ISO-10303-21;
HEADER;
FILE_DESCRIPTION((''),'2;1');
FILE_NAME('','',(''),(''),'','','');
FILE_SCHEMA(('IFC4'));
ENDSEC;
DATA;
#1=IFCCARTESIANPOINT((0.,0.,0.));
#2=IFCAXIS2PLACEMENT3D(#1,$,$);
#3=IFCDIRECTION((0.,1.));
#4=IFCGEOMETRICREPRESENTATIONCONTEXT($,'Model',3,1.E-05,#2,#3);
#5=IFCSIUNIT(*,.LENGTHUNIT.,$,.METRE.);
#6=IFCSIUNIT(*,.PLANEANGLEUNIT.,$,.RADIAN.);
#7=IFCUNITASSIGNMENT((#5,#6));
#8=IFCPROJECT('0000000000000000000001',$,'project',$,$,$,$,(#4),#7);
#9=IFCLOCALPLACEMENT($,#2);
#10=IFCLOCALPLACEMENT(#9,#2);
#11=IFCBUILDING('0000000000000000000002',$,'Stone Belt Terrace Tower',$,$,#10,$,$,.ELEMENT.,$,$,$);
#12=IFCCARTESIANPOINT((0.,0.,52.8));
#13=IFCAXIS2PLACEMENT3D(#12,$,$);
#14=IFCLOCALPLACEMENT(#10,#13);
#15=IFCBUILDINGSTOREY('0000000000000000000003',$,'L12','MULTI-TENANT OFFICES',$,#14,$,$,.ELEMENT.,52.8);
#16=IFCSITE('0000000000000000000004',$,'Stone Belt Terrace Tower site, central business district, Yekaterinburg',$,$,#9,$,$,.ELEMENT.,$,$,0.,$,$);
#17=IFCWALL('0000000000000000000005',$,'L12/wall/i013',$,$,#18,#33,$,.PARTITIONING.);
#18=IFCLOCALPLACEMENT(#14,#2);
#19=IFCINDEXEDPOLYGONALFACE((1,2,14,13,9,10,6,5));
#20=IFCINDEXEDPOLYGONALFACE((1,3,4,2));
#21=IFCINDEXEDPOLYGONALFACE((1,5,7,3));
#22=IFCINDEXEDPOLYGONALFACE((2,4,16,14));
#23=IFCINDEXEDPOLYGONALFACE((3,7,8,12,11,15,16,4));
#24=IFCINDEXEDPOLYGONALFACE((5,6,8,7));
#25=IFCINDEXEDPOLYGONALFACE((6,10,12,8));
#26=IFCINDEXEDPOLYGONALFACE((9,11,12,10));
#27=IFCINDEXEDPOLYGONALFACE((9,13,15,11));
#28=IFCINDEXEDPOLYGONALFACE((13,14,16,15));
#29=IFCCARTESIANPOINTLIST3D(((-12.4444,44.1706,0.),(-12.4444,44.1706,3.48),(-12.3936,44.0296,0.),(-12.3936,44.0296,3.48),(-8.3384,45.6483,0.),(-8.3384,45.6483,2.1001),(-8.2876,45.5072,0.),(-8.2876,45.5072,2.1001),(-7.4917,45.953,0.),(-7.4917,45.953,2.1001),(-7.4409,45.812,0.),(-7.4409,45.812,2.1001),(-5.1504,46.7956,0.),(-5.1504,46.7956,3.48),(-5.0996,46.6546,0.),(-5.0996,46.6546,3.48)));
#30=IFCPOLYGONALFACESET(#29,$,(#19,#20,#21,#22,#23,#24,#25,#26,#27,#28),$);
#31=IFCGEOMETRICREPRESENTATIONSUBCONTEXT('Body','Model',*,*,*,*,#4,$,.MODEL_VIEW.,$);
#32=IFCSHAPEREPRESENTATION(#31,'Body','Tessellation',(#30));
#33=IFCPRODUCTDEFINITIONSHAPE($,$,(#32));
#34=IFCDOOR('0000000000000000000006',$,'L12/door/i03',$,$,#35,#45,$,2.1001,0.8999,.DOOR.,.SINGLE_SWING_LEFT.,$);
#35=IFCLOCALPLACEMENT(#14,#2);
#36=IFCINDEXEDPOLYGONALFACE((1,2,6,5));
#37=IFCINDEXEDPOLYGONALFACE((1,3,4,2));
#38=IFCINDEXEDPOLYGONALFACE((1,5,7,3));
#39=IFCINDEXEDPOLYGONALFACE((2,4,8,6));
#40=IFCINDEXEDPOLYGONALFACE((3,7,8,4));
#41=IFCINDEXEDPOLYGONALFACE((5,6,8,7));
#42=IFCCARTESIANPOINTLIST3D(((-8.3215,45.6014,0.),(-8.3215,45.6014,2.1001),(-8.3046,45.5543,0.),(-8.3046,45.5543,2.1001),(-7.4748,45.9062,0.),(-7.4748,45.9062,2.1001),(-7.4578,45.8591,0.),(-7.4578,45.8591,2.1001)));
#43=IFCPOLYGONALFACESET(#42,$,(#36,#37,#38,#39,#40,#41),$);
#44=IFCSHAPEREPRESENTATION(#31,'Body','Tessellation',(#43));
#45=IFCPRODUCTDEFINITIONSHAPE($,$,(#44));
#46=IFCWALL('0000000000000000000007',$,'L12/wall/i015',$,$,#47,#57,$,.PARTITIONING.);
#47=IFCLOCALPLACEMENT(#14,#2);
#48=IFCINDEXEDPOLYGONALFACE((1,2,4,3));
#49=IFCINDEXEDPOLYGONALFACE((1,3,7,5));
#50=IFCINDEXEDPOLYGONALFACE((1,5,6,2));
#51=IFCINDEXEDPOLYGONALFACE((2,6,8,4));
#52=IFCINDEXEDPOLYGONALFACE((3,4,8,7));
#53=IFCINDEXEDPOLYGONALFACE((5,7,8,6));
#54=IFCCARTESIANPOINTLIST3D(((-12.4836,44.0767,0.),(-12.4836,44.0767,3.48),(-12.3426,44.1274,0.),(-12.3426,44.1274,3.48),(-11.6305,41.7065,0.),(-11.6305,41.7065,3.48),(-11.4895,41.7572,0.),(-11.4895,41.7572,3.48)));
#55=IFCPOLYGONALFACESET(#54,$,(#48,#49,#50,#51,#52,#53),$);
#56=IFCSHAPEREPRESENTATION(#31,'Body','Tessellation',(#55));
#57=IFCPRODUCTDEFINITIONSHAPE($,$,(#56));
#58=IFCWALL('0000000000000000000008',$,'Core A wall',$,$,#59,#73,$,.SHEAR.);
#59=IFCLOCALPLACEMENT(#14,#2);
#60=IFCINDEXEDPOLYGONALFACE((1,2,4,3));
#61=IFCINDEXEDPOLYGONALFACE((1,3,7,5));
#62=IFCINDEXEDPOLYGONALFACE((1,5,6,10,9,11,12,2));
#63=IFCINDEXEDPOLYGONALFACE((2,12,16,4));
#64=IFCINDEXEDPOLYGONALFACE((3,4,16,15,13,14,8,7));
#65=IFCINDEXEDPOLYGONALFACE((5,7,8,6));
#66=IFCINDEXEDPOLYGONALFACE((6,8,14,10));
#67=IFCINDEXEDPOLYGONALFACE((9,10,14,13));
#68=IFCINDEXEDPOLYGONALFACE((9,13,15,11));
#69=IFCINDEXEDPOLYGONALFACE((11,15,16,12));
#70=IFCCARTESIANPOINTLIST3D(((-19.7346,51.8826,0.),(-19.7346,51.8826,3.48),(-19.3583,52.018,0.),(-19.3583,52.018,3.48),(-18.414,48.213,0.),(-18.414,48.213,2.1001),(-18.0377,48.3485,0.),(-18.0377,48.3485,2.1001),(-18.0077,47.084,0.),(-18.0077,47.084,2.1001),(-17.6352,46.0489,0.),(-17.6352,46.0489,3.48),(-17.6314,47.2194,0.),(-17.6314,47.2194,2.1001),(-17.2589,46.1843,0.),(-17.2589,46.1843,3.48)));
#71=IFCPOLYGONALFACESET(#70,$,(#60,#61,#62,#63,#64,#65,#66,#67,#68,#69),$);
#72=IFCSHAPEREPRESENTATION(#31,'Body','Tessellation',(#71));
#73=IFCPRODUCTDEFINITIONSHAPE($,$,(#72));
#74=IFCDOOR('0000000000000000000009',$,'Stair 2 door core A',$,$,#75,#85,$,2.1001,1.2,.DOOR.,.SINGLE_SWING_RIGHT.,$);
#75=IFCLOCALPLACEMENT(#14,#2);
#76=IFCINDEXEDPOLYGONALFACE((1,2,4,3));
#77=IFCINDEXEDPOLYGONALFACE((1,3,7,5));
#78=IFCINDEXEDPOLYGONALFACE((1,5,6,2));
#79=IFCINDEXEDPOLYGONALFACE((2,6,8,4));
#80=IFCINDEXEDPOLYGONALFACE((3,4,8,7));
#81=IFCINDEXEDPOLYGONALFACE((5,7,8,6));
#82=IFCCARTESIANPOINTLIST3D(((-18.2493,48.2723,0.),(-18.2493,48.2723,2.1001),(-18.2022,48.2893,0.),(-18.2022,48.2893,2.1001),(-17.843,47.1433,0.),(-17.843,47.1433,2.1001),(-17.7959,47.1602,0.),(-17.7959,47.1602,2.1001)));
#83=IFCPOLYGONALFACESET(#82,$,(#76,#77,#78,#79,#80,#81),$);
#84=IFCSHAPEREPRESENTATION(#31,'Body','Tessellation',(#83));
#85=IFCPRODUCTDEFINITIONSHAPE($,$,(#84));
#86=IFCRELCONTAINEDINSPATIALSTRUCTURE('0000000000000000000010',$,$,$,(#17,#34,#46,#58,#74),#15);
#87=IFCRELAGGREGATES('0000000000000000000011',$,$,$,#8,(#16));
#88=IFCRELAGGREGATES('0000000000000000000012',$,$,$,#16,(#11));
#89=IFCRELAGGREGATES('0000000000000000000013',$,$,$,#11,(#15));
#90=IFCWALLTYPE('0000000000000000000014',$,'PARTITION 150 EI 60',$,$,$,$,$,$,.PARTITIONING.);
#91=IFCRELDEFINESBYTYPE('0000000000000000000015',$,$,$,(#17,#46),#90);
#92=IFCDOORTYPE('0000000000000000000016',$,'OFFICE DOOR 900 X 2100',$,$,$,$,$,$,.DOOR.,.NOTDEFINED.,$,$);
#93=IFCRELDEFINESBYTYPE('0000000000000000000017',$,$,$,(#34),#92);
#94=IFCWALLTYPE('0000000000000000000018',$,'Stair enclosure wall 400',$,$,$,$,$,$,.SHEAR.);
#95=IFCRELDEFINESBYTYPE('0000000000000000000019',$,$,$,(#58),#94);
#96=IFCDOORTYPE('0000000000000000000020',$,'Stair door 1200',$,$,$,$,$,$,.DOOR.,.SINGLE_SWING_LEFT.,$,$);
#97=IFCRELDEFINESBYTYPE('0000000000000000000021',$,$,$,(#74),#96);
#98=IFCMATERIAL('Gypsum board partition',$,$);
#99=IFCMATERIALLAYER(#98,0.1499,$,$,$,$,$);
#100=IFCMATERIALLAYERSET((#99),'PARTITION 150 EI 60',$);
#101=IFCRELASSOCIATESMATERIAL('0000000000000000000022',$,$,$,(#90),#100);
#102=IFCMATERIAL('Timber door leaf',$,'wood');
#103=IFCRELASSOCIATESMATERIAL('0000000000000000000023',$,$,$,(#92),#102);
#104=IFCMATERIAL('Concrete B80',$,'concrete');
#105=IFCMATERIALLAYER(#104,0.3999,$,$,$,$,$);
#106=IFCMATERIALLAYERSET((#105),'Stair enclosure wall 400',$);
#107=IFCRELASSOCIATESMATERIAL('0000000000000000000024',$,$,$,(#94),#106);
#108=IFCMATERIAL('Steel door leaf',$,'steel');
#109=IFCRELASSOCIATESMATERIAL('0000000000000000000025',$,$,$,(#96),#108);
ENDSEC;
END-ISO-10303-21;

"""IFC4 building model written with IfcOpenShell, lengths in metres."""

from ifc_helpers import new_model, si_unit, direction, frame, frame_2d, origin, place, context, subcontext, project, spatial, rectangle, extrude, material, layer, layer_set, type_object, element, fill, save


model = new_model("IFC4")

# Units and contexts
model_context = context("Model", 3, precision=1e-05, world=origin(), true_north=direction((0.0, 1.0)))
body_context = subcontext(model_context, "Body", "Model", "MODEL_VIEW")
ifc_project = project(units=[si_unit("LENGTHUNIT", "METRE"), si_unit("PLANEANGLEUNIT", "RADIAN")], contexts=[model_context])

# Site, building, storey
site_placement = place(None, origin())
site = spatial("IfcSite", under=ifc_project, at=site_placement, Name="Stone Belt Terrace Tower site, central business district, Yekaterinburg", CompositionType="ELEMENT", RefElevation=0.0)
building_placement = place(site_placement, origin())
building = spatial("IfcBuilding", under=site, at=building_placement, Name="Stone Belt Terrace Tower", CompositionType="ELEMENT")
storey_placement = place(building_placement, frame((0.0, 0.0, 52.8)))
storey = spatial("IfcBuildingStorey", under=building, at=storey_placement, Name="L12", Description="MULTI-TENANT OFFICES", CompositionType="ELEMENT", Elevation=52.8)

# Shared definitions
ifc_material_1 = material(Name="Concrete B80", Category="concrete")

# Shared definitions
ifc_material_2 = material(Name="Gypsum board partition")
ifc_layer_1 = layer(ifc_material_2, 0.1499)
ifc_layer_set_1 = layer_set([ifc_layer_1], Name="PARTITION 150 EI 60")
wall_type_1 = type_object("IfcWallType", Name="PARTITION 150 EI 60", PredefinedType="PARTITIONING", material=ifc_layer_set_1)

# Wall, opening, door
ifc_material_3 = material(Name="Timber door leaf", Category="wood")
door_type_1 = type_object("IfcDoorType", Name="OFFICE DOOR 900 X 2100", OperationType="NOTDEFINED", PredefinedType="DOOR", material=ifc_material_3)
wall_1_placement = place(storey_placement, frame((-5.125, 46.7251, 0.0), z_axis=(0.0, 0.0, 1.0), x_axis=(-0.940921, -0.338626, 0.0)))
wall_1 = element("IfcWall", 1, at=wall_1_placement, inside=storey, type_object=wall_type_1, Name="L12/wall/i013", PredefinedType="PARTITIONING", context=body_context, shape_type="SweptSolid", body=[
    extrude(rectangle(XDim=7.752, YDim=0.1499, at=frame_2d((3.876, 0.0))), origin(), (0.0, 0.0, 1.0), 3.48),
])
opening_1_placement = place(wall_1_placement, frame((2.4883, 0.0, 0.0)))
opening_1 = element("IfcOpeningElement", 2, at=opening_1_placement, cuts=wall_1, PredefinedType="OPENING", context=body_context, shape_type="SweptSolid", body=[
    extrude(rectangle(XDim=0.8999, YDim=2.1001, at=frame_2d((0.45, 1.05))), frame((0.0, 0.085, 0.0), z_axis=(0.0, -1.0, 0.0), x_axis=(1.0, 0.0, 0.0)), (0.0, 0.0, 1.0), 0.1699),
])
door_1_placement = place(opening_1_placement, origin())
door_1 = element("IfcDoor", 3, at=door_1_placement, inside=storey, type_object=door_type_1, Name="L12/door/i03", OperationType="SINGLE_SWING_LEFT", OverallHeight=2.1001, OverallWidth=0.8999, PredefinedType="DOOR", context=body_context, shape_type="SweptSolid", body=[
    extrude(rectangle(XDim=0.8999, YDim=2.1001, at=frame_2d((0.45, 1.05))), frame((0.0, 0.0249, 0.0), z_axis=(0.0, -1.0, 0.0), x_axis=(1.0, 0.0, 0.0)), (0.0, 0.0, 1.0), 0.05),
])
fill(opening_1, door_1)

# Wall
wall_2_placement = place(storey_placement, frame((-12.4131, 44.1021, 0.0), z_axis=(0.0, 0.0, 1.0), x_axis=(0.338644, -0.940915, 0.0)))
element("IfcWall", 4, at=wall_2_placement, inside=storey, type_object=wall_type_1, Name="L12/wall/i015", PredefinedType="PARTITIONING", context=body_context, shape_type="SweptSolid", body=[
    extrude(rectangle(XDim=2.519, YDim=0.1499, at=frame_2d((1.2595, 0.0))), origin(), (0.0, 0.0, 1.0), 3.48),
])

# Wall, opening, door
ifc_layer_2 = layer(ifc_material_1, 0.3999)
ifc_layer_set_2 = layer_set([ifc_layer_2], Name="Stair enclosure wall 400")
wall_type_2 = type_object("IfcWallType", Name="Stair enclosure wall 400", PredefinedType="SHEAR", material=ifc_layer_set_2)
wall_3_placement = place(storey_placement, frame((-17.447, 46.1165, 0.0), z_axis=(0.0, 0.0, 1.0), x_axis=(-0.338608, 0.940928, 0.0)))
wall_3 = element("IfcWall", 5, at=wall_3_placement, inside=storey, type_object=wall_type_2, Name="Core A wall", PredefinedType="SHEAR", context=body_context, shape_type="SweptSolid", body=[
    extrude(rectangle(XDim=6.2, YDim=0.3999, at=frame_2d((3.1001, 0.0))), origin(), (0.0, 0.0, 1.0), 3.48),
])
opening_2_placement = place(wall_3_placement, frame((1.1001, 0.0, 0.0)))
opening_2 = element("IfcOpeningElement", 6, at=opening_2_placement, cuts=wall_3, PredefinedType="OPENING", context=body_context, shape_type="SweptSolid", body=[
    extrude(rectangle(XDim=1.2, YDim=2.1001, at=frame_2d((0.6001, 1.05))), frame((0.0, 0.21, 0.0), z_axis=(0.0, -1.0, 0.0), x_axis=(1.0, 0.0, 0.0)), (0.0, 0.0, 1.0), 0.4199),
])
ifc_material_4 = material(Name="Steel door leaf", Category="steel")
door_type_2 = type_object("IfcDoorType", Name="Stair door 1200", OperationType="SINGLE_SWING_LEFT", PredefinedType="DOOR", material=ifc_material_4)
door_2_placement = place(opening_2_placement, origin())
door_2 = element("IfcDoor", 7, at=door_2_placement, inside=storey, type_object=door_type_2, Name="Stair 2 door core A", OperationType="SINGLE_SWING_RIGHT", OverallHeight=2.1001, OverallWidth=1.2, PredefinedType="DOOR", context=body_context, shape_type="SweptSolid", body=[
    extrude(rectangle(XDim=1.2, YDim=2.1001, at=frame_2d((0.6001, 1.05))), frame((0.0, 0.0249, 0.0), z_axis=(0.0, -1.0, 0.0), x_axis=(1.0, 0.0, 0.0)), (0.0, 0.0, 1.0), 0.05),
])
fill(opening_2, door_2)

save(model, "model.ifc")
